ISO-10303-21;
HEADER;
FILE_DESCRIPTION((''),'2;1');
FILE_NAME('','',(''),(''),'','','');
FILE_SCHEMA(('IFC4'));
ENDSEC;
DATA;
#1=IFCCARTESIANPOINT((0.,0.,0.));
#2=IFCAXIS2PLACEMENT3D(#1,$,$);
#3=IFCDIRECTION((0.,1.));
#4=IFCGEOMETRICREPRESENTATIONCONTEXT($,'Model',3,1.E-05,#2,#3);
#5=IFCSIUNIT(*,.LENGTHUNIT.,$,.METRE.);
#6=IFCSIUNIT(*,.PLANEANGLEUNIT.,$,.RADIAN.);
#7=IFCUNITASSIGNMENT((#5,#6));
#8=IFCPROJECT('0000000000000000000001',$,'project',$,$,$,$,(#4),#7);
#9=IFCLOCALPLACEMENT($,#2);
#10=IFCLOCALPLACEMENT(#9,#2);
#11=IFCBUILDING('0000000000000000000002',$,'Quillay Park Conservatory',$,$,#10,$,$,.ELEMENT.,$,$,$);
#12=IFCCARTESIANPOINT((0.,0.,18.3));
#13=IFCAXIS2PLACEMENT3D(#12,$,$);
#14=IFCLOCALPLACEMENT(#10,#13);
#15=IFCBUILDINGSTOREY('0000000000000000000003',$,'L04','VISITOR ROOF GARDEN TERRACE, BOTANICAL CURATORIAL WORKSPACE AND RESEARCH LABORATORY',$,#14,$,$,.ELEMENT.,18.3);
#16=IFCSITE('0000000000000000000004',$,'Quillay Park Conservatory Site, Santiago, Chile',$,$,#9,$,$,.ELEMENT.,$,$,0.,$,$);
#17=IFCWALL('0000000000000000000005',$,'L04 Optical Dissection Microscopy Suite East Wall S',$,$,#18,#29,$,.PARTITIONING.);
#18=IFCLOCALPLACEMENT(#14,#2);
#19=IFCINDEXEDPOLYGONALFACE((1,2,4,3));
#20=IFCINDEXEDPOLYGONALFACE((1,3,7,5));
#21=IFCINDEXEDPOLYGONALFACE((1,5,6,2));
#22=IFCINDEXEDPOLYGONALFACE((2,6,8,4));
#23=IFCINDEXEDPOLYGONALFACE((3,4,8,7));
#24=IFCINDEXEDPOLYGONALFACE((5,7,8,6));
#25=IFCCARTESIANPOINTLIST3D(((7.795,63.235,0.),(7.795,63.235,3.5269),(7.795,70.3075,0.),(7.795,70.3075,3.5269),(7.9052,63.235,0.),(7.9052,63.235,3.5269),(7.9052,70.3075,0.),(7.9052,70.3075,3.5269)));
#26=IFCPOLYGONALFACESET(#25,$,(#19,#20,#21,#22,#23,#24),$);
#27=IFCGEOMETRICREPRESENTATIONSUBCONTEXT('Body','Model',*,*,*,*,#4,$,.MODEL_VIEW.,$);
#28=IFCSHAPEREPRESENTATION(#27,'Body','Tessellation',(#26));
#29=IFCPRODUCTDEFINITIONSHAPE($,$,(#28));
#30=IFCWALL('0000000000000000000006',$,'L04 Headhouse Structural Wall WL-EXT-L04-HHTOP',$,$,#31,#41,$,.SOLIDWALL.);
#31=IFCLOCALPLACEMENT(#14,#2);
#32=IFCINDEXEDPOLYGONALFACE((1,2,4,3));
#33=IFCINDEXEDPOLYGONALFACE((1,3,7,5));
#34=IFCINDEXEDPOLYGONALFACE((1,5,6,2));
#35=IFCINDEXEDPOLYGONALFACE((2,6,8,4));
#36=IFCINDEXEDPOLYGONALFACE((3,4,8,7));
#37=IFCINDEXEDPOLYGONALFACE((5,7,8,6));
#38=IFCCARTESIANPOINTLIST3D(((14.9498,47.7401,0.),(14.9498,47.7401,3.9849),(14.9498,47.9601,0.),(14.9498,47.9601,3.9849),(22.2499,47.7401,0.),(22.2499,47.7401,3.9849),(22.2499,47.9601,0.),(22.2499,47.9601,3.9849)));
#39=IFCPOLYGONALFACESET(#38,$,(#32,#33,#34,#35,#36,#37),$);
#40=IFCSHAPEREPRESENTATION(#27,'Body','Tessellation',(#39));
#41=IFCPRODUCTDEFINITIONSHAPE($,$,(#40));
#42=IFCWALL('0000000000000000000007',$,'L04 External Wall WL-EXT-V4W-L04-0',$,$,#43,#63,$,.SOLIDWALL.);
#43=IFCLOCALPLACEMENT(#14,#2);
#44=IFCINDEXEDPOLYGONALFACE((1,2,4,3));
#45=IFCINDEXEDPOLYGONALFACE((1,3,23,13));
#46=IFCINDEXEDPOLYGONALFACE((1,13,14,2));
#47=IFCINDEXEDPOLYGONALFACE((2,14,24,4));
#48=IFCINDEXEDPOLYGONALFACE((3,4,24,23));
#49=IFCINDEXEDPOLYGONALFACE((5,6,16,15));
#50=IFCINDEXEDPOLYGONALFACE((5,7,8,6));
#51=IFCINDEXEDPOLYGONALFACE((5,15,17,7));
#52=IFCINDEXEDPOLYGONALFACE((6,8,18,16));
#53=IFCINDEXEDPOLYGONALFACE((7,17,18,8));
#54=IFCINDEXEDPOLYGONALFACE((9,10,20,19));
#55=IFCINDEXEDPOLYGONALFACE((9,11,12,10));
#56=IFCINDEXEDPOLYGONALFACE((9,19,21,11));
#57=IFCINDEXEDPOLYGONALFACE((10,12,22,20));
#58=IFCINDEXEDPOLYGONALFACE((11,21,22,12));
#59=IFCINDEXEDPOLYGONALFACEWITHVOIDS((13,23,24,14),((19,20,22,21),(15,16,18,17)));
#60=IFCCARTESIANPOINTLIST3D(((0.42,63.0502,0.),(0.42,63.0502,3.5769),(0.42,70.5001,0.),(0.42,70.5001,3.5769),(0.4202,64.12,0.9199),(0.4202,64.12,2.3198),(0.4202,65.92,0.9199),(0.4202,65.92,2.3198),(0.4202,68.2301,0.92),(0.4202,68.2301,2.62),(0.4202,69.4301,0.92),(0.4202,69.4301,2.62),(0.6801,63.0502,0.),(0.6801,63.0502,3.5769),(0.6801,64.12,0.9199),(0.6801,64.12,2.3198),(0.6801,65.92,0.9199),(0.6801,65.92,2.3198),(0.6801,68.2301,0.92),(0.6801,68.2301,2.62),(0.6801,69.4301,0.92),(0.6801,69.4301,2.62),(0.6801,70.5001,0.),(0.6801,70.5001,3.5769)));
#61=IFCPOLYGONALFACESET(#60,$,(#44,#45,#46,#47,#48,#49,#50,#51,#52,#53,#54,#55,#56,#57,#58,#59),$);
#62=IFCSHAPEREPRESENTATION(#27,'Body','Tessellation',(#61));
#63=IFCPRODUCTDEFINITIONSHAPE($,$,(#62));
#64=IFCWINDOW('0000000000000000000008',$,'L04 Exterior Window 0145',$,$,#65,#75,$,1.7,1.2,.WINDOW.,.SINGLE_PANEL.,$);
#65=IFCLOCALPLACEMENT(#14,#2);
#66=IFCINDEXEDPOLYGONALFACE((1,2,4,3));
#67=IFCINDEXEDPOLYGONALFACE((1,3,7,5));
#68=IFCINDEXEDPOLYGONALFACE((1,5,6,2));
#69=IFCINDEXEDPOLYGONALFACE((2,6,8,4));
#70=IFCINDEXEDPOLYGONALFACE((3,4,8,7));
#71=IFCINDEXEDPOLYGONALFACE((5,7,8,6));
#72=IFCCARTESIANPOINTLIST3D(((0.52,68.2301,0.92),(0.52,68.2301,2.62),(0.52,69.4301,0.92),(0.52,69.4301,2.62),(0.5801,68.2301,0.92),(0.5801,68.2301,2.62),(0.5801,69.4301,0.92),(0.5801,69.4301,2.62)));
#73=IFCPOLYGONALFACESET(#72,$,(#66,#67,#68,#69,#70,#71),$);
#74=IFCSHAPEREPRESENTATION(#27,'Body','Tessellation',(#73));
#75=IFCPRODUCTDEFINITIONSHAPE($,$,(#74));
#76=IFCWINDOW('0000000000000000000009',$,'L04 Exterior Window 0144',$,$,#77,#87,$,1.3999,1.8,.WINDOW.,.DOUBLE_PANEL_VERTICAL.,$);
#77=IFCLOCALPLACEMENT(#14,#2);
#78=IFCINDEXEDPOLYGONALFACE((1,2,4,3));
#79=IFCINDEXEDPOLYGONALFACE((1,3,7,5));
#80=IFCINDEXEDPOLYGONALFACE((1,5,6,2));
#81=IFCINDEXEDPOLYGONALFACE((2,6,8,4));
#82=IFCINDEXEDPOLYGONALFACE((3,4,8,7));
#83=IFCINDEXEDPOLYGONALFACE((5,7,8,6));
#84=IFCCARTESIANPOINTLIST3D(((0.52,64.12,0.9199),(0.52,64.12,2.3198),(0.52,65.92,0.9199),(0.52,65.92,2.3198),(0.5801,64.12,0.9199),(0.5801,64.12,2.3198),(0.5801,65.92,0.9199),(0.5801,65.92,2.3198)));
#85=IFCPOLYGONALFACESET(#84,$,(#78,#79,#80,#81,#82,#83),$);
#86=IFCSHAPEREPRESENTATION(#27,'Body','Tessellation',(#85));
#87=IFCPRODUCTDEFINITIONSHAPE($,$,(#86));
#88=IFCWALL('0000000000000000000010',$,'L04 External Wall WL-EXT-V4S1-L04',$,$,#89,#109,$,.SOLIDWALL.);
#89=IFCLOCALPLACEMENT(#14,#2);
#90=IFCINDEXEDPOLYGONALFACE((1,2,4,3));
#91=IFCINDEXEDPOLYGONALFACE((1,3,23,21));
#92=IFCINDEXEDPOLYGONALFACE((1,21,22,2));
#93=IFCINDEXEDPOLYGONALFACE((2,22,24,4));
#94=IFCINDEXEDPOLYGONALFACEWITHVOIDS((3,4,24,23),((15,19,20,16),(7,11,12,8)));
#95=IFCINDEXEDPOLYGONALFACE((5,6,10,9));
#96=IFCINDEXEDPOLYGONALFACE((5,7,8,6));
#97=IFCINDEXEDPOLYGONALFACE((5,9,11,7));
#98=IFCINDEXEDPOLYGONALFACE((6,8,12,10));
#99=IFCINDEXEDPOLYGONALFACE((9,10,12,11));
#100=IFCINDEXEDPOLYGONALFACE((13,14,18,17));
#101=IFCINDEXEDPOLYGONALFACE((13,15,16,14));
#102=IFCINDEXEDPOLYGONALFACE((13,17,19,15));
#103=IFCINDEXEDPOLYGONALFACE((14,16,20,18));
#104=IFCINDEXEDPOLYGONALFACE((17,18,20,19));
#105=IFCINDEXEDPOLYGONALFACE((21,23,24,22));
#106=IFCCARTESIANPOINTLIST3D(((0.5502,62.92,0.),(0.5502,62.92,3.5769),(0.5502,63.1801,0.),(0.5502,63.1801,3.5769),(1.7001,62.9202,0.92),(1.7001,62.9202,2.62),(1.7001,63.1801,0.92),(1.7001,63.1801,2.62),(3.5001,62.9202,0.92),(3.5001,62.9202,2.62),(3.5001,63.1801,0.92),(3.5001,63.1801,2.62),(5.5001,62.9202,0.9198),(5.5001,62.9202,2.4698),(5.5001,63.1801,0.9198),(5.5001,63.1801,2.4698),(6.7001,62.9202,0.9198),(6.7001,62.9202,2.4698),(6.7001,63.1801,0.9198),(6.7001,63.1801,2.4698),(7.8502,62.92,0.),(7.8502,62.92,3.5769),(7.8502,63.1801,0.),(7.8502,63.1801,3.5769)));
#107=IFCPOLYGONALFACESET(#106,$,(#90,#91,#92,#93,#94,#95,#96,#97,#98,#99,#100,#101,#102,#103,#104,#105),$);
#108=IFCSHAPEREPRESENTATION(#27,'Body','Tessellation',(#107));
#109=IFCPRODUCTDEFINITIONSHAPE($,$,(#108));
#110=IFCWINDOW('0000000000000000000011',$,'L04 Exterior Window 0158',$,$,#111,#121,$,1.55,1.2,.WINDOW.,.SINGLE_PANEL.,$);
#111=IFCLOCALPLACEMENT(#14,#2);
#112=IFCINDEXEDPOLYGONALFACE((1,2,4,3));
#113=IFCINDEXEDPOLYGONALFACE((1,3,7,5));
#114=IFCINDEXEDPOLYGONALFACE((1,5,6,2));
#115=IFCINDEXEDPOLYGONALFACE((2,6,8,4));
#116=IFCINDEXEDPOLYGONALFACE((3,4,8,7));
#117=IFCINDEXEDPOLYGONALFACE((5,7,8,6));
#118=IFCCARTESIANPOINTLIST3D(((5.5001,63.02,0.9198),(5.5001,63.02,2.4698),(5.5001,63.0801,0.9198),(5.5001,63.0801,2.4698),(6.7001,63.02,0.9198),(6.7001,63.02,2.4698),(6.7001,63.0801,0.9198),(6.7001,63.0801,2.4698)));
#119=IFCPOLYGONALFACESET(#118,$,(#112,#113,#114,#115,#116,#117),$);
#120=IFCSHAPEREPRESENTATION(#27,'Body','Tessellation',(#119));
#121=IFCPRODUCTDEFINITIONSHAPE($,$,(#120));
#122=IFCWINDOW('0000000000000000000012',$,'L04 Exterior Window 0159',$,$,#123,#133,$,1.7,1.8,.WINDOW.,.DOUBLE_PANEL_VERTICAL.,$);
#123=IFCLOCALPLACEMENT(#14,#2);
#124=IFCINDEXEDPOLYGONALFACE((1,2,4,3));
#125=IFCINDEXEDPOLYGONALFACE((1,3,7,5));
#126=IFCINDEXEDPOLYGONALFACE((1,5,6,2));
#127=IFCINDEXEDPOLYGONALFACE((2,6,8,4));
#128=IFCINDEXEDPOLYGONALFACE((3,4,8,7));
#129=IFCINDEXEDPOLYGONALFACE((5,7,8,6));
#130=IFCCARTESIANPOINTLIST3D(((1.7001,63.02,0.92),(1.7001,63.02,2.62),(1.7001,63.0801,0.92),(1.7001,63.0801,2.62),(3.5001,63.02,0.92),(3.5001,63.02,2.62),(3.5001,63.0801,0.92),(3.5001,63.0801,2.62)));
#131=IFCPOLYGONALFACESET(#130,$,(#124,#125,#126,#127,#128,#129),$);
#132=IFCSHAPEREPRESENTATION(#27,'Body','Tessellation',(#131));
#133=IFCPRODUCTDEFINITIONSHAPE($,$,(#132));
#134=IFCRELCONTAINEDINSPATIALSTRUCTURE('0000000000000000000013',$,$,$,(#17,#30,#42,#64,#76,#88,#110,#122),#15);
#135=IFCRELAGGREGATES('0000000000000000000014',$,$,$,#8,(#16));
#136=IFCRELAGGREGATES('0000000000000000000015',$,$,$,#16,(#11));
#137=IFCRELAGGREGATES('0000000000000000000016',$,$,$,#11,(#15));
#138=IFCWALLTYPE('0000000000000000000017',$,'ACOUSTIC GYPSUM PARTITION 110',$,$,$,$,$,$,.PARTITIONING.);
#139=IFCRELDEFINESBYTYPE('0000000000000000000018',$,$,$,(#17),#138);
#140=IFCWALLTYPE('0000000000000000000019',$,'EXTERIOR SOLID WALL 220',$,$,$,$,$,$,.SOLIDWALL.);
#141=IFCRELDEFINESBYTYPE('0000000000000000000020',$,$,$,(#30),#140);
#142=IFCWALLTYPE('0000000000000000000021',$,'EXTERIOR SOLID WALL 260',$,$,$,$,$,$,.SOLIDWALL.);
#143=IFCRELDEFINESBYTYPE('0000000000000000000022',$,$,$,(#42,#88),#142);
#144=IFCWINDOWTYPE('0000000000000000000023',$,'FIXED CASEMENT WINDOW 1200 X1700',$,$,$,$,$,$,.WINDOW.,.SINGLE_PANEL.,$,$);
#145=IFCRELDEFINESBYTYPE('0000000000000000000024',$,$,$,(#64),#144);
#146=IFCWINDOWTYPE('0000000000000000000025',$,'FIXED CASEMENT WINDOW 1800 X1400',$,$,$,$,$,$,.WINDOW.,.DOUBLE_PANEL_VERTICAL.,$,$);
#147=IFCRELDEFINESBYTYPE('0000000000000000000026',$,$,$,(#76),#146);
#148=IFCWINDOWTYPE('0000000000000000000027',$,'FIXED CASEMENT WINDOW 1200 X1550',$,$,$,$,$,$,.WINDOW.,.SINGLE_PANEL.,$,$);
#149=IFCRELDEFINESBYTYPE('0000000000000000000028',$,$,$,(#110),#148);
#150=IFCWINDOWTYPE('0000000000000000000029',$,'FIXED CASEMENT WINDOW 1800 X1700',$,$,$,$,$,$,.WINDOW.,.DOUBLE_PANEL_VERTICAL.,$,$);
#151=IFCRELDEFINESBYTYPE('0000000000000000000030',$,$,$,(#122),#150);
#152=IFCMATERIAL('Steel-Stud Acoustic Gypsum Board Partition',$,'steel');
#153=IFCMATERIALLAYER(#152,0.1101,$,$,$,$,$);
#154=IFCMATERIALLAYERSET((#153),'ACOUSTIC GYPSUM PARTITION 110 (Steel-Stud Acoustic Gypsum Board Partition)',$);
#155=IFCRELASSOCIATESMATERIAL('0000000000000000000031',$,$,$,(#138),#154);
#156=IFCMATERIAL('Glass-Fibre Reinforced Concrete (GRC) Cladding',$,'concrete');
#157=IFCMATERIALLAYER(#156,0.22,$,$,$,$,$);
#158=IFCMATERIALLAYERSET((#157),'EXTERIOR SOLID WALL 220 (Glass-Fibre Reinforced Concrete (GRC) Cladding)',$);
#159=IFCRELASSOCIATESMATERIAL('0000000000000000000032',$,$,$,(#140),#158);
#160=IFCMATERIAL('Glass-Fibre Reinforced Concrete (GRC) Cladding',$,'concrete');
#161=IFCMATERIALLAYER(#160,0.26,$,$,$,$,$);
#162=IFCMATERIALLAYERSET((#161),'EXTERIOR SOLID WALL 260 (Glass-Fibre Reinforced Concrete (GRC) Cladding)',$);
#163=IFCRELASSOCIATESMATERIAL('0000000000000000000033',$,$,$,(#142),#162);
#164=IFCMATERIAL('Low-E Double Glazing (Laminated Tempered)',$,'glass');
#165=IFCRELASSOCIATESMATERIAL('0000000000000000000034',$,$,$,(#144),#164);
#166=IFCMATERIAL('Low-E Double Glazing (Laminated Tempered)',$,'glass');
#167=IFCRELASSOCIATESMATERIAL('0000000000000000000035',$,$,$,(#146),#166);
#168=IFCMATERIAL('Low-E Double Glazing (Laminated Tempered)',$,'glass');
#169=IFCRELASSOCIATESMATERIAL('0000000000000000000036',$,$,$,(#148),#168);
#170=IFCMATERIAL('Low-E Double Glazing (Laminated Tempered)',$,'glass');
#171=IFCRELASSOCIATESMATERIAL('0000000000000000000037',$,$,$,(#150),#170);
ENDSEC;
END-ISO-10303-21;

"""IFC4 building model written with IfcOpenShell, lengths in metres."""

from ifc_helpers import new_model, si_unit, direction, frame, frame_2d, origin, place, context, subcontext, project, spatial, rectangle, extrude, material, layer, layer_set, type_object, element, fill, save


model = new_model("IFC4")

# Units and contexts
model_context = context("Model", 3, precision=1e-05, world=origin(), true_north=direction((0.0, 1.0)))
body_context = subcontext(model_context, "Body", "Model", "MODEL_VIEW")
ifc_project = project(units=[si_unit("LENGTHUNIT", "METRE"), si_unit("PLANEANGLEUNIT", "RADIAN")], contexts=[model_context])

# Site, building, storey
site_placement = place(None, origin())
site = spatial("IfcSite", under=ifc_project, at=site_placement, Name="Quillay Park Conservatory Site, Santiago, Chile", CompositionType="ELEMENT", RefElevation=0.0)
building_placement = place(site_placement, origin())
building = spatial("IfcBuilding", under=site, at=building_placement, Name="Quillay Park Conservatory", CompositionType="ELEMENT")
storey_placement = place(building_placement, frame((0.0, 0.0, 18.3)))
storey = spatial("IfcBuildingStorey", under=building, at=storey_placement, Name="L04", Description="VISITOR ROOF GARDEN TERRACE, BOTANICAL CURATORIAL WORKSPACE AND RESEARCH LABORATORY", CompositionType="ELEMENT", Elevation=18.3)

# Walls
ifc_material_1 = material(Name="Steel-Stud Acoustic Gypsum Board Partition", Category="steel")
ifc_layer_1 = layer(ifc_material_1, 0.1101)
ifc_layer_set_1 = layer_set([ifc_layer_1], Name="ACOUSTIC GYPSUM PARTITION 110 (Steel-Stud Acoustic Gypsum Board Partition)")
wall_type_1 = type_object("IfcWallType", Name="ACOUSTIC GYPSUM PARTITION 110", PredefinedType="PARTITIONING", material=ifc_layer_set_1)
wall_1_placement = place(storey_placement, frame((7.8501, 63.2351, 0.0), z_axis=(0.0, 0.0, 1.0), x_axis=(0.0, 1.0, 0.0)))
element("IfcWall", 1, at=wall_1_placement, inside=storey, type_object=wall_type_1, Name="L04 Optical Dissection Microscopy Suite East Wall S", PredefinedType="PARTITIONING", context=body_context, shape_type="SweptSolid", body=[
    extrude(rectangle(XDim=7.0725, YDim=0.1101, at=frame_2d((3.5361, 0.0))), origin(), (0.0, 0.0, 1.0), 3.5269),
])
ifc_material_2 = material(Name="Glass-Fibre Reinforced Concrete (GRC) Cladding", Category="concrete")
ifc_layer_2 = layer(ifc_material_2, 0.22)
ifc_layer_set_2 = layer_set([ifc_layer_2], Name="EXTERIOR SOLID WALL 220 (Glass-Fibre Reinforced Concrete (GRC) Cladding)")
wall_type_2 = type_object("IfcWallType", Name="EXTERIOR SOLID WALL 220", PredefinedType="SOLIDWALL", material=ifc_layer_set_2)
wall_2_placement = place(storey_placement, frame((14.95, 47.8501, 0.0), z_axis=(0.0, 0.0, 1.0), x_axis=(1.0, 0.0, 0.0)))
element("IfcWall", 2, at=wall_2_placement, inside=storey, type_object=wall_type_2, Name="L04 Headhouse Structural Wall WL-EXT-L04-HHTOP", PredefinedType="SOLIDWALL", context=body_context, shape_type="SweptSolid", body=[
    extrude(rectangle(XDim=7.3, YDim=0.22, at=frame_2d((3.6499, 0.0))), origin(), (0.0, 0.0, 1.0), 3.9849),
])

# Walls, openings, windows
ifc_material_3 = material(Name="Glass-Fibre Reinforced Concrete (GRC) Cladding", Category="concrete")
ifc_layer_3 = layer(ifc_material_3, 0.26)
ifc_layer_set_3 = layer_set([ifc_layer_3], Name="EXTERIOR SOLID WALL 260 (Glass-Fibre Reinforced Concrete (GRC) Cladding)")
wall_type_3 = type_object("IfcWallType", Name="EXTERIOR SOLID WALL 260", PredefinedType="SOLIDWALL", material=ifc_layer_set_3)
wall_3_placement = place(storey_placement, frame((0.55, 63.05, 0.0), z_axis=(0.0, 0.0, 1.0), x_axis=(0.0, 1.0, 0.0)))
wall_3 = element("IfcWall", 3, at=wall_3_placement, inside=storey, type_object=wall_type_3, Name="L04 External Wall WL-EXT-V4W-L04-0", PredefinedType="SOLIDWALL", context=body_context, shape_type="SweptSolid", body=[
    extrude(rectangle(XDim=7.45, YDim=0.26, at=frame_2d((3.7251, 0.0))), origin(), (0.0, 0.0, 1.0), 3.5769),
])
opening_1_placement = place(wall_3_placement, frame((1.0701, 0.0, 0.9199)))
opening_1 = element("IfcOpeningElement", 4, at=opening_1_placement, cuts=wall_3, PredefinedType="OPENING", context=body_context, shape_type="SweptSolid", body=[
    extrude(rectangle(XDim=1.8, YDim=1.3999, at=frame_2d((0.8999, 0.7))), frame((0.0, 0.1299, 0.0), z_axis=(0.0, -1.0, 0.0), x_axis=(1.0, 0.0, 0.0)), (0.0, 0.0, 1.0), 0.26),
])
opening_2_placement = place(wall_3_placement, frame((5.1799, 0.0, 0.9199)))
opening_2 = element("IfcOpeningElement", 5, at=opening_2_placement, cuts=wall_3, PredefinedType="OPENING", context=body_context, shape_type="SweptSolid", body=[
    extrude(rectangle(XDim=1.2, YDim=1.7, at=frame_2d((0.6001, 0.8501))), frame((0.0, 0.1299, 0.0), z_axis=(0.0, -1.0, 0.0), x_axis=(1.0, 0.0, 0.0)), (0.0, 0.0, 1.0), 0.26),
])
ifc_material_4 = material(Name="Low-E Double Glazing (Laminated Tempered)", Category="glass")
window_type_1 = type_object("IfcWindowType", Name="FIXED CASEMENT WINDOW 1200 X1700", PartitioningType="SINGLE_PANEL", PredefinedType="WINDOW", material=ifc_material_4)
window_1_placement = place(opening_2_placement, origin())
window_1 = element("IfcWindow", 6, at=window_1_placement, inside=storey, type_object=window_type_1, Name="L04 Exterior Window 0145", OverallHeight=1.7, OverallWidth=1.2, PartitioningType="SINGLE_PANEL", PredefinedType="WINDOW", context=body_context, shape_type="SweptSolid", body=[
    extrude(rectangle(XDim=1.2, YDim=1.7, at=frame_2d((0.6001, 0.8501))), frame((0.0, 0.03, 0.0), z_axis=(0.0, -1.0, 0.0), x_axis=(1.0, 0.0, 0.0)), (0.0, 0.0, 1.0), 0.0601),
])
fill(opening_2, window_1)
ifc_material_5 = material(Name="Low-E Double Glazing (Laminated Tempered)", Category="glass")
window_type_2 = type_object("IfcWindowType", Name="FIXED CASEMENT WINDOW 1800 X1400", PartitioningType="DOUBLE_PANEL_VERTICAL", PredefinedType="WINDOW", material=ifc_material_5)
window_2_placement = place(opening_1_placement, origin())
window_2 = element("IfcWindow", 7, at=window_2_placement, inside=storey, type_object=window_type_2, Name="L04 Exterior Window 0144", OverallHeight=1.3999, OverallWidth=1.8, PartitioningType="DOUBLE_PANEL_VERTICAL", PredefinedType="WINDOW", context=body_context, shape_type="SweptSolid", body=[
    extrude(rectangle(XDim=1.8, YDim=1.3999, at=frame_2d((0.8999, 0.7))), frame((0.0, 0.03, 0.0), z_axis=(0.0, -1.0, 0.0), x_axis=(1.0, 0.0, 0.0)), (0.0, 0.0, 1.0), 0.0601),
])
fill(opening_1, window_2)
wall_4_placement = place(storey_placement, frame((7.8501, 63.05, 0.0), z_axis=(0.0, 0.0, 1.0), x_axis=(-1.0, 0.0, 0.0)))
wall_4 = element("IfcWall", 8, at=wall_4_placement, inside=storey, type_object=wall_type_3, Name="L04 External Wall WL-EXT-V4S1-L04", PredefinedType="SOLIDWALL", context=body_context, shape_type="SweptSolid", body=[
    extrude(rectangle(XDim=7.3, YDim=0.26, at=frame_2d((3.6499, 0.0))), origin(), (0.0, 0.0, 1.0), 3.5769),
])
opening_3_placement = place(wall_4_placement, frame((1.1499, 0.0, 0.9199)))
opening_3 = element("IfcOpeningElement", 9, at=opening_3_placement, cuts=wall_4, PredefinedType="OPENING", context=body_context, shape_type="SweptSolid", body=[
    extrude(rectangle(XDim=1.2, YDim=1.55, at=frame_2d((0.6001, 0.7749))), frame((0.0, 0.1299, 0.0), z_axis=(0.0, -1.0, 0.0), x_axis=(1.0, 0.0, 0.0)), (0.0, 0.0, 1.0), 0.26),
])
opening_4_placement = place(wall_4_placement, frame((4.3501, 0.0, 0.9199)))
opening_4 = element("IfcOpeningElement", 10, at=opening_4_placement, cuts=wall_4, PredefinedType="OPENING", context=body_context, shape_type="SweptSolid", body=[
    extrude(rectangle(XDim=1.8, YDim=1.7, at=frame_2d((0.8999, 0.8501))), frame((0.0, 0.1299, 0.0), z_axis=(0.0, -1.0, 0.0), x_axis=(1.0, 0.0, 0.0)), (0.0, 0.0, 1.0), 0.26),
])
ifc_material_6 = material(Name="Low-E Double Glazing (Laminated Tempered)", Category="glass")
window_type_3 = type_object("IfcWindowType", Name="FIXED CASEMENT WINDOW 1200 X1550", PartitioningType="SINGLE_PANEL", PredefinedType="WINDOW", material=ifc_material_6)
window_3_placement = place(opening_3_placement, origin())
window_3 = element("IfcWindow", 11, at=window_3_placement, inside=storey, type_object=window_type_3, Name="L04 Exterior Window 0158", OverallHeight=1.55, OverallWidth=1.2, PartitioningType="SINGLE_PANEL", PredefinedType="WINDOW", context=body_context, shape_type="SweptSolid", body=[
    extrude(rectangle(XDim=1.2, YDim=1.55, at=frame_2d((0.6001, 0.7749))), frame((0.0, 0.03, 0.0), z_axis=(0.0, -1.0, 0.0), x_axis=(1.0, 0.0, 0.0)), (0.0, 0.0, 1.0), 0.0601),
])
fill(opening_3, window_3)
ifc_material_7 = material(Name="Low-E Double Glazing (Laminated Tempered)", Category="glass")
window_type_4 = type_object("IfcWindowType", Name="FIXED CASEMENT WINDOW 1800 X1700", PartitioningType="DOUBLE_PANEL_VERTICAL", PredefinedType="WINDOW", material=ifc_material_7)
window_4_placement = place(opening_4_placement, origin())
window_4 = element("IfcWindow", 12, at=window_4_placement, inside=storey, type_object=window_type_4, Name="L04 Exterior Window 0159", OverallHeight=1.7, OverallWidth=1.8, PartitioningType="DOUBLE_PANEL_VERTICAL", PredefinedType="WINDOW", context=body_context, shape_type="SweptSolid", body=[
    extrude(rectangle(XDim=1.8, YDim=1.7, at=frame_2d((0.8999, 0.8501))), frame((0.0, 0.03, 0.0), z_axis=(0.0, -1.0, 0.0), x_axis=(1.0, 0.0, 0.0)), (0.0, 0.0, 1.0), 0.0601),
])
fill(opening_4, window_4)

save(model, "model.ifc")
